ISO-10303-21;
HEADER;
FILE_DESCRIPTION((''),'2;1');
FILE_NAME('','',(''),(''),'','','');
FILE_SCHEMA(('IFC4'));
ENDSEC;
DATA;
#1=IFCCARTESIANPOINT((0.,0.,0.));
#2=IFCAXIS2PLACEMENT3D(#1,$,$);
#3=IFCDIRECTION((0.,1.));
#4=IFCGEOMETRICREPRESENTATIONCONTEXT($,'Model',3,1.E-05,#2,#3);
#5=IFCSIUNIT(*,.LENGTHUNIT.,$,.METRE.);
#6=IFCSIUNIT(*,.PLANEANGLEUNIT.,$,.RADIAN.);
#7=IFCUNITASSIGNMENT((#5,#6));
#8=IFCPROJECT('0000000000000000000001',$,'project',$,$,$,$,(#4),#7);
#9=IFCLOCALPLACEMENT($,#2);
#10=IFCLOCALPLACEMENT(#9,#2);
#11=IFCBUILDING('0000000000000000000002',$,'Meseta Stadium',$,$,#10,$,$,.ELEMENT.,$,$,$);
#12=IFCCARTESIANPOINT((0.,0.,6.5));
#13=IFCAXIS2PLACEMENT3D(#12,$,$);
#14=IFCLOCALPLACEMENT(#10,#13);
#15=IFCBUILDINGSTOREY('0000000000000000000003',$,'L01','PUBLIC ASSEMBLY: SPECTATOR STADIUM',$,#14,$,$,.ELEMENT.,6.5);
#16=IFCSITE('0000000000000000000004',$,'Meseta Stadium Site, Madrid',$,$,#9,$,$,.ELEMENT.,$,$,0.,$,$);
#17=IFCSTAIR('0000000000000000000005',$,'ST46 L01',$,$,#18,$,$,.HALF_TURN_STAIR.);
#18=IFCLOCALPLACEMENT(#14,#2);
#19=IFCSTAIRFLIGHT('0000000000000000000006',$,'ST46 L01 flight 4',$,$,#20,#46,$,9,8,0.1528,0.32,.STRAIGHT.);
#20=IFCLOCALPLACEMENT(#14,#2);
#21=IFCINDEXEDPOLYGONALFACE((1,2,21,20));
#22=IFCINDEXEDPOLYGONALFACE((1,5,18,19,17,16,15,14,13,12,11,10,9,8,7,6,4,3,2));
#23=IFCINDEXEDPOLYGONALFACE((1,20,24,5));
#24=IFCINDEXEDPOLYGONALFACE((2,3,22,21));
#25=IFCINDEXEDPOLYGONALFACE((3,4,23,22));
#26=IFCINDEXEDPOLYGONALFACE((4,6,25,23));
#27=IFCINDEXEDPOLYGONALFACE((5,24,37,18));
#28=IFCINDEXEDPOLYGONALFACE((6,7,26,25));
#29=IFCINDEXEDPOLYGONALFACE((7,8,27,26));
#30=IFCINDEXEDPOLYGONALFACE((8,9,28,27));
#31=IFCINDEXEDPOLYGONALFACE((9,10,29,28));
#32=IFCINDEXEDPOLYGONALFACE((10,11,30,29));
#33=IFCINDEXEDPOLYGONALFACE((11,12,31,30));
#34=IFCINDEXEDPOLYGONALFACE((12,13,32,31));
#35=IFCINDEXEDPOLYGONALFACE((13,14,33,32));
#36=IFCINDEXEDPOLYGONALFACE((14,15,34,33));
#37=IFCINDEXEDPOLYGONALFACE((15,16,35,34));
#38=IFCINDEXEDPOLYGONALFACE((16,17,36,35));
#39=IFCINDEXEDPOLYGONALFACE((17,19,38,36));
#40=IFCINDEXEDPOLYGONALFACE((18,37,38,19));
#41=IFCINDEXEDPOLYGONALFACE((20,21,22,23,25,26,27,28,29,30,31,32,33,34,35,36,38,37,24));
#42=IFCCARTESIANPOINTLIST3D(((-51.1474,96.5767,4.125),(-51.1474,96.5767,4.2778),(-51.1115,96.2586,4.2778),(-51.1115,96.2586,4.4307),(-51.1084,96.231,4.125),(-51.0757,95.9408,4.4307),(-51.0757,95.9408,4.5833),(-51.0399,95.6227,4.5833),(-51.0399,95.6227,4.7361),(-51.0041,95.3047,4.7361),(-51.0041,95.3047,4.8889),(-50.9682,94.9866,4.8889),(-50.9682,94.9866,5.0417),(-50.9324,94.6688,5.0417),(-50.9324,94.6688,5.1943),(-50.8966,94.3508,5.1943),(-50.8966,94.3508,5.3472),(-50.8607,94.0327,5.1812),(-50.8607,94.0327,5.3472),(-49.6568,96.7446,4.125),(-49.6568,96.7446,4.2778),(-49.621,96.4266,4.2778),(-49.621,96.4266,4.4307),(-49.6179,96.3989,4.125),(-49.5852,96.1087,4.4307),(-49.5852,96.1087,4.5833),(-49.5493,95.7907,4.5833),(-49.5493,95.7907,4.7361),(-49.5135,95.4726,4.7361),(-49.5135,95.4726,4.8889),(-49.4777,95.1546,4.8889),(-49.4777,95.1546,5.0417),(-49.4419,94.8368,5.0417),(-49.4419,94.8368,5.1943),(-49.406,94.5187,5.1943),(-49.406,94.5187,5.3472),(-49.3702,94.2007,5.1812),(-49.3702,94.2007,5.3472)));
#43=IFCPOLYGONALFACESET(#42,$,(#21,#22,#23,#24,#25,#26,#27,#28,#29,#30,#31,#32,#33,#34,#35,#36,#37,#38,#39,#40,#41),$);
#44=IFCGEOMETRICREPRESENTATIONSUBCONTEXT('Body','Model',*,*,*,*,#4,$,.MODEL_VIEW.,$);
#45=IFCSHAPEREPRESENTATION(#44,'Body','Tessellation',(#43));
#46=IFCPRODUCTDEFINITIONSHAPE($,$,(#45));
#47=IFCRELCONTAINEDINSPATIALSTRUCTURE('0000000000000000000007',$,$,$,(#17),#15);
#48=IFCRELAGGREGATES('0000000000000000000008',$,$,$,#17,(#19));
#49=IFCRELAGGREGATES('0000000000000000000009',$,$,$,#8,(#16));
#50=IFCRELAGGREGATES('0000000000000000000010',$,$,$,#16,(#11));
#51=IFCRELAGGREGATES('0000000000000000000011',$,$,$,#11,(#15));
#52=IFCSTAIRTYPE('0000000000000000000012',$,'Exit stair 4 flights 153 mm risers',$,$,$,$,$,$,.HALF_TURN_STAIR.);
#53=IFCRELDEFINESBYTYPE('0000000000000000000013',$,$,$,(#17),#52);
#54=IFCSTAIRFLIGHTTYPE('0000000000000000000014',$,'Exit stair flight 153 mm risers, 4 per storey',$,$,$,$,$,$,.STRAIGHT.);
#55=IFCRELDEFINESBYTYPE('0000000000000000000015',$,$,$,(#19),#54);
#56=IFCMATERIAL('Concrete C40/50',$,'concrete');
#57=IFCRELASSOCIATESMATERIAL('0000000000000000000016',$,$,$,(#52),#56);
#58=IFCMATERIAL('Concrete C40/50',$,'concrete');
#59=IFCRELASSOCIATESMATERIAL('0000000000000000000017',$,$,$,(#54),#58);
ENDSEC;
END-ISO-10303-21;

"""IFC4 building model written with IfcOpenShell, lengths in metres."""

from ifc_helpers import new_model, si_unit, direction, frame, origin, place, context, subcontext, project, spatial, polyline, outline, extrude, material, type_object, element, aggregate, save


model = new_model("IFC4")

# Units and contexts
model_context = context("Model", 3, precision=1e-05, world=origin(), true_north=direction((0.0, 1.0)))
body_context = subcontext(model_context, "Body", "Model", "MODEL_VIEW")
ifc_project = project(units=[si_unit("LENGTHUNIT", "METRE"), si_unit("PLANEANGLEUNIT", "RADIAN")], contexts=[model_context])

# Site, building, storey
site_placement = place(None, origin())
site = spatial("IfcSite", under=ifc_project, at=site_placement, Name="Meseta Stadium Site, Madrid", CompositionType="ELEMENT", RefElevation=0.0)
building_placement = place(site_placement, origin())
building = spatial("IfcBuilding", under=site, at=building_placement, Name="Meseta Stadium", CompositionType="ELEMENT")
storey_placement = place(building_placement, frame((0.0, 0.0, 6.5)))
storey = spatial("IfcBuildingStorey", under=building, at=storey_placement, Name="L01", Description="PUBLIC ASSEMBLY: SPECTATOR STADIUM", CompositionType="ELEMENT", Elevation=6.5)

# Stair, stair flight
ifc_material_1 = material(Name="Concrete C40/50", Category="concrete")
stair_type = type_object("IfcStairType", Name="Exit stair 4 flights 153 mm risers", PredefinedType="HALF_TURN_STAIR", material=ifc_material_1)
stair_placement = place(storey_placement, origin())
stair = element("IfcStair", 1, at=stair_placement, inside=storey, type_object=stair_type, Name="ST46 L01", PredefinedType="HALF_TURN_STAIR")
ifc_material_2 = material(Name="Concrete C40/50", Category="concrete")
stair_flight_type = type_object("IfcStairFlightType", Name="Exit stair flight 153 mm risers, 4 per storey", PredefinedType="STRAIGHT", material=ifc_material_2)
stair_flight_placement = place(storey_placement, frame((-50.4021, 96.6606, 4.125), z_axis=(0.0, 0.0, 1.0), x_axis=(0.111964, -0.993712, 0.0)))
stair_flight = element("IfcStairFlight", 2, at=stair_flight_placement, type_object=stair_flight_type, Name="ST46 L01 flight 4", NumberOfRisers=9, NumberOfTreads=8, PredefinedType="STRAIGHT", RiserHeight=0.1528, TreadLength=0.32, context=body_context, shape_type="SweptSolid", body=[
    extrude(outline(polyline([(0.0, 0.0), (0.0, 0.1528), (0.3201, 0.1528), (0.3201, 0.3057), (0.6399, 0.3057), (0.6399, 0.4583), (0.96, 0.4583), (0.96, 0.6111), (1.28, 0.6111), (1.28, 0.7639), (1.6001, 0.7639), (1.6001, 0.9167), (1.9199, 0.9167), (1.9199, 1.0693), (2.24, 1.0693), (2.24, 1.2222), (2.5601, 1.2222), (2.5601, 1.0562), (0.3479, 0.0), (0.0, 0.0)])), frame((0.0, 0.75, 0.0), z_axis=(0.0, -1.0, 0.0), x_axis=(1.0, 0.0, 0.0)), (0.0, 0.0, 1.0), 1.5),
])
aggregate(stair, [stair_flight])

save(model, "model.ifc")
